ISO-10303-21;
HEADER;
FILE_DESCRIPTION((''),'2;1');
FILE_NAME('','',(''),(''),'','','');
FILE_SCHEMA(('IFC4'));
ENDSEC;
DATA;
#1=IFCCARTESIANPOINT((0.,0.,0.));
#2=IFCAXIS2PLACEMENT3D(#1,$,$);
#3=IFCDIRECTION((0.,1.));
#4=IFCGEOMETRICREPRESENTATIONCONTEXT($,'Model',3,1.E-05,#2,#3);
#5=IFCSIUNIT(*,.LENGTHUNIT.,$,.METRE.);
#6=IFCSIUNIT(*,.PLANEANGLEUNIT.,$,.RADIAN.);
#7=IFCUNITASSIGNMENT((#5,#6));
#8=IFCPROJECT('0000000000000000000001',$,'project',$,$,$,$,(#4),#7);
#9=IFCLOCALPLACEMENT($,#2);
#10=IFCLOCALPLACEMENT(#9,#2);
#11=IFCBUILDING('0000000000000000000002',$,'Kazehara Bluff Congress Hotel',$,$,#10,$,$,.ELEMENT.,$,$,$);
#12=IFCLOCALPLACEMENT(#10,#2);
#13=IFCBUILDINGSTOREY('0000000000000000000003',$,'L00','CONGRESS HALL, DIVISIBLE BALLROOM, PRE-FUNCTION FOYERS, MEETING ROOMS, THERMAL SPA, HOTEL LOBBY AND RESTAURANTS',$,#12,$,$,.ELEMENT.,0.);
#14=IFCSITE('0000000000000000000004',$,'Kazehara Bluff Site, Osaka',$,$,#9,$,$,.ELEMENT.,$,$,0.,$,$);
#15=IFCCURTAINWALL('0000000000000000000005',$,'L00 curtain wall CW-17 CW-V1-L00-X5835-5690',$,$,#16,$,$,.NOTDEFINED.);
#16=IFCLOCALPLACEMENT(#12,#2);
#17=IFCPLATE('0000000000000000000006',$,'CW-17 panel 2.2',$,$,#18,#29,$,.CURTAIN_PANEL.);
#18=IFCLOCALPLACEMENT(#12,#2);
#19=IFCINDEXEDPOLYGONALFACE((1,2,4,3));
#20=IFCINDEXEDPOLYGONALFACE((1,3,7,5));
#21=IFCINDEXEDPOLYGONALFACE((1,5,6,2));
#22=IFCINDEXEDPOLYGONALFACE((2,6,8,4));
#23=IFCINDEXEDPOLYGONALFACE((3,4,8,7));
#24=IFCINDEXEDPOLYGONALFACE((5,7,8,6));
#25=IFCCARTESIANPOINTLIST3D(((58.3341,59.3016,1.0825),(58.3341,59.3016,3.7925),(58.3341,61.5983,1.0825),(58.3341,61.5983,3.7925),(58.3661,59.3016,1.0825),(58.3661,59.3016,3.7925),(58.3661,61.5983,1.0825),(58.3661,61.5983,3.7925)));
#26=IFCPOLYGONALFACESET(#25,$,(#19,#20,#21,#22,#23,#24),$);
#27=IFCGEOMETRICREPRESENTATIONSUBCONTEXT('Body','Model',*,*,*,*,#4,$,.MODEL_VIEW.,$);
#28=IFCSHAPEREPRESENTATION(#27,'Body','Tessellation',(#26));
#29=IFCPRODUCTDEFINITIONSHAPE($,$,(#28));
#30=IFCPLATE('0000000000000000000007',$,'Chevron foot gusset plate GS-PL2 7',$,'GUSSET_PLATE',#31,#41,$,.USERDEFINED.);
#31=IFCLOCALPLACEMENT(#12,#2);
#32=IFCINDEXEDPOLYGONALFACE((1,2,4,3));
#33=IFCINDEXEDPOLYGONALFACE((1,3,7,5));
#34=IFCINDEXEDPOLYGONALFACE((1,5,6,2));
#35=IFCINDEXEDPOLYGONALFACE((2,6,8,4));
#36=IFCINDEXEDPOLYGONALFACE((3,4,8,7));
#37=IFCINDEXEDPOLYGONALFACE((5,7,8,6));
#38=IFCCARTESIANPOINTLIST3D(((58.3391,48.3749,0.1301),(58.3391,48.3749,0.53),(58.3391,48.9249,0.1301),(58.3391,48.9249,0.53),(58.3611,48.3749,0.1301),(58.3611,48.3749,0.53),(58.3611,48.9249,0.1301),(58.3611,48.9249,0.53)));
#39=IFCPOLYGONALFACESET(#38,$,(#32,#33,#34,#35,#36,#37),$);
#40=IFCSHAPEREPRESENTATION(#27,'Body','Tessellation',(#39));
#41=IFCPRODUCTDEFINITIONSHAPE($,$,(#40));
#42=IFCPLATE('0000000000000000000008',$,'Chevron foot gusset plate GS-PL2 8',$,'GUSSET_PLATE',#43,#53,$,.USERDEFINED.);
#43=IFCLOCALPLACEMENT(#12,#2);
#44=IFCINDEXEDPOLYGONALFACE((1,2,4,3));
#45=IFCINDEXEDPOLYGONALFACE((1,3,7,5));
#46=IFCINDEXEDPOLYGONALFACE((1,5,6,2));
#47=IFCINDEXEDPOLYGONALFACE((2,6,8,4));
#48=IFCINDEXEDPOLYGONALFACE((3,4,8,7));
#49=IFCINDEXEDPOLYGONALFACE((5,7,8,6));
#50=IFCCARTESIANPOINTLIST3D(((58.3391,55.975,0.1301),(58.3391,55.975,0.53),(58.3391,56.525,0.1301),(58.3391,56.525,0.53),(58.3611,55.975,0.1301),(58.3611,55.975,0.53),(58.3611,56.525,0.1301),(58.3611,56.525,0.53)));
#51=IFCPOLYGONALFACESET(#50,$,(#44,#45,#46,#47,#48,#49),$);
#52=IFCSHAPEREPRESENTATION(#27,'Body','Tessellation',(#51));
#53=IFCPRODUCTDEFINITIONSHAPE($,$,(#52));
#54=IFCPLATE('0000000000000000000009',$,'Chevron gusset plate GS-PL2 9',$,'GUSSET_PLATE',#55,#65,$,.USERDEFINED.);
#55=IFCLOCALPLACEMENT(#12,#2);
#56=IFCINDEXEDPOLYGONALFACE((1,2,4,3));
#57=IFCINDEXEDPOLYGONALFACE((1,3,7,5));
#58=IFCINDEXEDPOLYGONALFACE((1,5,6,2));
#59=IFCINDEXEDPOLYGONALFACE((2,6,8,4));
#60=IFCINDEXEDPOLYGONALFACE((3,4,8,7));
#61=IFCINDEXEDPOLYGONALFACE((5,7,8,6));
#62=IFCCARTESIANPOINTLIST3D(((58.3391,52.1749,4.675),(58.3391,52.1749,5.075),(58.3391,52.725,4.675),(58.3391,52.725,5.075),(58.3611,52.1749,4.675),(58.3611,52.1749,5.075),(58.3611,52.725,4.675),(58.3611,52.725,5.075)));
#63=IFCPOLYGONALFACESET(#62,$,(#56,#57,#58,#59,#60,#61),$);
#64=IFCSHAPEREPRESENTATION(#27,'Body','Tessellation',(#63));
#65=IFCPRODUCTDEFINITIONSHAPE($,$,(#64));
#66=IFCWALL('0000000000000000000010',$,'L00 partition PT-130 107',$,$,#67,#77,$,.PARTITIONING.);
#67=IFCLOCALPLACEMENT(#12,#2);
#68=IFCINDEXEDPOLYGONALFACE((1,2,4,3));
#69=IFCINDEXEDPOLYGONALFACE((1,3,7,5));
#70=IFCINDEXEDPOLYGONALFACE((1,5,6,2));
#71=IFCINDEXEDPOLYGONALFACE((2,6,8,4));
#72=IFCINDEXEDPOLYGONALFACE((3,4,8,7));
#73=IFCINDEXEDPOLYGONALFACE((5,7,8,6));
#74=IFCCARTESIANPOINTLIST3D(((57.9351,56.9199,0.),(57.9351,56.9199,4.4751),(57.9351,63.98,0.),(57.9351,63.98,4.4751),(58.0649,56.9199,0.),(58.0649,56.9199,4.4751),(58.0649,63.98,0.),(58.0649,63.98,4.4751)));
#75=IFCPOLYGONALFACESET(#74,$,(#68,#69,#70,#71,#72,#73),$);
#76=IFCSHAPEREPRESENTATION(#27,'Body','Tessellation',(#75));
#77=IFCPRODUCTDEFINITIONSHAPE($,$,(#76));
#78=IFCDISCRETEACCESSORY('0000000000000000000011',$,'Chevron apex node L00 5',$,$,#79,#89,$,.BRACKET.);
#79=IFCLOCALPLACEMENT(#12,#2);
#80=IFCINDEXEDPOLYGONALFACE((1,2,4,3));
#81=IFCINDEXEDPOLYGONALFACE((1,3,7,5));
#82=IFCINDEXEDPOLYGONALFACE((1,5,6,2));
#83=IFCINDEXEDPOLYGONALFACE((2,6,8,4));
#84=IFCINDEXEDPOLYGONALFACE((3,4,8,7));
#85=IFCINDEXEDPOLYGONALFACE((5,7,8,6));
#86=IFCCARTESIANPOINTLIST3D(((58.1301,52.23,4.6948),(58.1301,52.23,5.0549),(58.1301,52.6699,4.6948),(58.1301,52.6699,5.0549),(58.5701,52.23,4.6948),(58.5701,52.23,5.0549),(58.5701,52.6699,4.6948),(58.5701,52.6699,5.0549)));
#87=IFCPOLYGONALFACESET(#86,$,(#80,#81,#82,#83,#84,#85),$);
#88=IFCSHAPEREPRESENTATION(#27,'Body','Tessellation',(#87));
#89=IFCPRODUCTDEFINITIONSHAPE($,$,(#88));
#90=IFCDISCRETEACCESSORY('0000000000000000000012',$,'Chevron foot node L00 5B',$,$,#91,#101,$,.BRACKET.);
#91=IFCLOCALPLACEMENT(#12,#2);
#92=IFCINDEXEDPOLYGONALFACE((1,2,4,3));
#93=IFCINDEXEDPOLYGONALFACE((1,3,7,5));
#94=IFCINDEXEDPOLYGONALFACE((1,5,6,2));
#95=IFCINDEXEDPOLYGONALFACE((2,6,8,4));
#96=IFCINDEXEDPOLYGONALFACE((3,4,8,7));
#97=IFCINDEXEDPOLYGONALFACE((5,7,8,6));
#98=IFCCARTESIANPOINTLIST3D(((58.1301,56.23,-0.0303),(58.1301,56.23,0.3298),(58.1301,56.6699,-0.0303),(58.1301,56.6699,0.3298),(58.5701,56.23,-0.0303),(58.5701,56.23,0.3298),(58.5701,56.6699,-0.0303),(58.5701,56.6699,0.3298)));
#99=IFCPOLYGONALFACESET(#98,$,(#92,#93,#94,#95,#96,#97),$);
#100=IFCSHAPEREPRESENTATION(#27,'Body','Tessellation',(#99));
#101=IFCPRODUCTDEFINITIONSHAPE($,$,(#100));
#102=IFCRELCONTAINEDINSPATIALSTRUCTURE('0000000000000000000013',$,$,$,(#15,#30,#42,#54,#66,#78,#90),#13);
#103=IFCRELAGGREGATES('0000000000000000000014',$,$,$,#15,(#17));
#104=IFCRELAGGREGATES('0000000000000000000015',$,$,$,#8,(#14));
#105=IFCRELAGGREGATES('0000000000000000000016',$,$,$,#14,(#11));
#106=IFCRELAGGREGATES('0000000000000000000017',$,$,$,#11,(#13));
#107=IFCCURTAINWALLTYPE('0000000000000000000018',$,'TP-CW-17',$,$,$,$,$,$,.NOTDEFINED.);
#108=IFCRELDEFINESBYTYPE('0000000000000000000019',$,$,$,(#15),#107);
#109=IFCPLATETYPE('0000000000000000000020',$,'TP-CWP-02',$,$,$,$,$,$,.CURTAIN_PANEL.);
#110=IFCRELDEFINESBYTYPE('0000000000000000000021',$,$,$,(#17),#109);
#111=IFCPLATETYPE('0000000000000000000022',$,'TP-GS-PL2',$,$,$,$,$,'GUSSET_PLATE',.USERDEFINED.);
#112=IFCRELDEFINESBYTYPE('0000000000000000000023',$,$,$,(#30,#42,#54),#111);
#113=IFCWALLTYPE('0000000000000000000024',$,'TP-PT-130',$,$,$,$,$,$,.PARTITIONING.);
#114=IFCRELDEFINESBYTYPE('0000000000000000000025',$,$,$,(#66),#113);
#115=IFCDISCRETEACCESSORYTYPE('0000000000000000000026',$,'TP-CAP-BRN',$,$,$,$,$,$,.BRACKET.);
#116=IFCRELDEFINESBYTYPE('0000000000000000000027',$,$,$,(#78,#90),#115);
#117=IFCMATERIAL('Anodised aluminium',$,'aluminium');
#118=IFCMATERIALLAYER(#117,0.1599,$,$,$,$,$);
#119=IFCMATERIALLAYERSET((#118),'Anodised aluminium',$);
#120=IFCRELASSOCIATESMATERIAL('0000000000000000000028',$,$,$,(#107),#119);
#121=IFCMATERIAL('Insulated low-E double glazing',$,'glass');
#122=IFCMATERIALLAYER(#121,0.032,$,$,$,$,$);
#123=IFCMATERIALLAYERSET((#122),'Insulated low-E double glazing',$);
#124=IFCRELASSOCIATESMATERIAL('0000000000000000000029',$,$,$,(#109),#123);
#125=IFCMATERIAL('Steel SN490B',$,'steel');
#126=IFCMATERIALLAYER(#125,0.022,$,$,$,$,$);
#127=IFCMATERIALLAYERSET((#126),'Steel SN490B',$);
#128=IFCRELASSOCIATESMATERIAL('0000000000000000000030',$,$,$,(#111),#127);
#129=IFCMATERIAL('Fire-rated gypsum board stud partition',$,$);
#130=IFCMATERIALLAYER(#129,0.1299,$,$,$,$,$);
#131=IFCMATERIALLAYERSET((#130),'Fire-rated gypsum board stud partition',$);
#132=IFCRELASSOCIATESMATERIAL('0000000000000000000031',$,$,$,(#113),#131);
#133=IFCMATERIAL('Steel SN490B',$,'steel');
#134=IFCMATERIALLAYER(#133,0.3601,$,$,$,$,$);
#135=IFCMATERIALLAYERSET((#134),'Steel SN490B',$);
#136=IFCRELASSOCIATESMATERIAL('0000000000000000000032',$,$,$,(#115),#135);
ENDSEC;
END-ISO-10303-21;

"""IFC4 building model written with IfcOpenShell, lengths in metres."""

from ifc_helpers import new_model, si_unit, direction, frame, frame_2d, origin, origin_2d, place, context, subcontext, project, spatial, rectangle, extrude, material, layer, layer_set, type_object, element, aggregate, save


model = new_model("IFC4")

# Units and contexts
model_context = context("Model", 3, precision=1e-05, world=origin(), true_north=direction((0.0, 1.0)))
body_context = subcontext(model_context, "Body", "Model", "MODEL_VIEW")
ifc_project = project(units=[si_unit("LENGTHUNIT", "METRE"), si_unit("PLANEANGLEUNIT", "RADIAN")], contexts=[model_context])

# Site, building, storey
site_placement = place(None, origin())
site = spatial("IfcSite", under=ifc_project, at=site_placement, Name="Kazehara Bluff Site, Osaka", CompositionType="ELEMENT", RefElevation=0.0)
building_placement = place(site_placement, origin())
building = spatial("IfcBuilding", under=site, at=building_placement, Name="Kazehara Bluff Congress Hotel", CompositionType="ELEMENT")
storey_placement = place(building_placement, origin())
storey = spatial("IfcBuildingStorey", under=building, at=storey_placement, Name="L00", Description="CONGRESS HALL, DIVISIBLE BALLROOM, PRE-FUNCTION FOYERS, MEETING ROOMS, THERMAL SPA, HOTEL LOBBY AND RESTAURANTS", CompositionType="ELEMENT", Elevation=0.0)

# Curtain wall
ifc_material_1 = material(Name="Anodised aluminium", Category="aluminium")
ifc_layer_1 = layer(ifc_material_1, 0.1599)
ifc_layer_set_1 = layer_set([ifc_layer_1], Name="Anodised aluminium")
curtain_wall_type_1 = type_object("IfcCurtainWallType", Name="TP-CW-17", PredefinedType="NOTDEFINED", material=ifc_layer_set_1)
curtain_wall_1_placement = place(storey_placement, origin())
curtain_wall_1 = element("IfcCurtainWall", 1, at=curtain_wall_1_placement, inside=storey, type_object=curtain_wall_type_1, Name="L00 curtain wall CW-17 CW-V1-L00-X5835-5690", PredefinedType="NOTDEFINED")

# Plate
ifc_material_2 = material(Name="Insulated low-E double glazing", Category="glass")
ifc_layer_2 = layer(ifc_material_2, 0.032)
ifc_layer_set_2 = layer_set([ifc_layer_2], Name="Insulated low-E double glazing")
plate_type_1 = type_object("IfcPlateType", Name="TP-CWP-02", PredefinedType="CURTAIN_PANEL", material=ifc_layer_set_2)
plate_1_placement = place(storey_placement, frame((58.3501, 60.45, 1.0825), z_axis=(0.0, 0.0, 1.0), x_axis=(0.0, 1.0, 0.0)))
plate_1 = element("IfcPlate", 2, at=plate_1_placement, type_object=plate_type_1, Name="CW-17 panel 2.2", PredefinedType="CURTAIN_PANEL", context=body_context, shape_type="SweptSolid", body=[
    extrude(rectangle(XDim=2.2966, YDim=0.032, at=origin_2d()), origin(), (0.0, 0.0, 1.0), 2.71),
])
aggregate(curtain_wall_1, [plate_1])

# Plates
ifc_material_3 = material(Name="Steel SN490B", Category="steel")
ifc_layer_3 = layer(ifc_material_3, 0.022)
ifc_layer_set_3 = layer_set([ifc_layer_3], Name="Steel SN490B")
plate_type_2 = type_object("IfcPlateType", Name="TP-GS-PL2", ElementType="GUSSET_PLATE", PredefinedType="USERDEFINED", material=ifc_layer_set_3)
for number, where, z_axis, x_axis, name in (
    (3, (58.3501, 48.6499, 0.1301), (0.0, 0.0, 1.0), (1.0, 0.0, 0.0), "Chevron foot gusset plate GS-PL2 7"),
    (4, (58.3501, 56.25, 0.1301), (0.0, 0.0, 1.0), (1.0, 0.0, 0.0), "Chevron foot gusset plate GS-PL2 8"),
    (5, (58.3501, 52.45, 4.675), (0.0, 0.0, 1.0), (1.0, 0.0, 0.0), "Chevron gusset plate GS-PL2 9"),
):
    element("IfcPlate", number, at=place(storey_placement, frame(where, z_axis=z_axis, x_axis=x_axis)), inside=storey, type_object=plate_type_2, Name=name, ObjectType="GUSSET_PLATE", PredefinedType="USERDEFINED", context=body_context, shape_type="SweptSolid", body=[
        extrude(rectangle(XDim=0.022, YDim=0.55, at=origin_2d()), origin(), (0.0, 0.0, 1.0), 0.3999),
    ])

# Wall
ifc_material_4 = material(Name="Fire-rated gypsum board stud partition")
ifc_layer_4 = layer(ifc_material_4, 0.1299)
ifc_layer_set_4 = layer_set([ifc_layer_4], Name="Fire-rated gypsum board stud partition")
wall_type = type_object("IfcWallType", Name="TP-PT-130", PredefinedType="PARTITIONING", material=ifc_layer_set_4)
wall_placement = place(storey_placement, frame((58.0, 56.9199, 0.0), z_axis=(0.0, 0.0, 1.0), x_axis=(0.0, 1.0, 0.0)))
element("IfcWall", 6, at=wall_placement, inside=storey, type_object=wall_type, Name="L00 partition PT-130 107", PredefinedType="PARTITIONING", context=body_context, shape_type="SweptSolid", body=[
    extrude(rectangle(XDim=7.0601, YDim=0.1299, at=frame_2d((3.53, 0.0))), origin(), (0.0, 0.0, 1.0), 4.4751),
])

# Discrete accessories
ifc_material_5 = material(Name="Steel SN490B", Category="steel")
ifc_layer_5 = layer(ifc_material_5, 0.3601)
ifc_layer_set_5 = layer_set([ifc_layer_5], Name="Steel SN490B")
discrete_accessory_type = type_object("IfcDiscreteAccessoryType", Name="TP-CAP-BRN", PredefinedType="BRACKET", material=ifc_layer_set_5)
for number, where, z_axis, x_axis, name in (
    (7, (58.3501, 52.45, 4.6948), (0.0, 0.0, 1.0), (1.0, 0.0, 0.0), "Chevron apex node L00 5"),
    (8, (58.3501, 56.45, -0.0303), (0.0, 0.0, 1.0), (1.0, 0.0, 0.0), "Chevron foot node L00 5B"),
):
    element("IfcDiscreteAccessory", number, at=place(storey_placement, frame(where, z_axis=z_axis, x_axis=x_axis)), inside=storey, type_object=discrete_accessory_type, Name=name, PredefinedType="BRACKET", context=body_context, shape_type="SweptSolid", body=[
        extrude(rectangle(XDim=0.4399, YDim=0.4399, at=origin_2d()), origin(), (0.0, 0.0, 1.0), 0.3601),
    ])

save(model, "model.ifc")
